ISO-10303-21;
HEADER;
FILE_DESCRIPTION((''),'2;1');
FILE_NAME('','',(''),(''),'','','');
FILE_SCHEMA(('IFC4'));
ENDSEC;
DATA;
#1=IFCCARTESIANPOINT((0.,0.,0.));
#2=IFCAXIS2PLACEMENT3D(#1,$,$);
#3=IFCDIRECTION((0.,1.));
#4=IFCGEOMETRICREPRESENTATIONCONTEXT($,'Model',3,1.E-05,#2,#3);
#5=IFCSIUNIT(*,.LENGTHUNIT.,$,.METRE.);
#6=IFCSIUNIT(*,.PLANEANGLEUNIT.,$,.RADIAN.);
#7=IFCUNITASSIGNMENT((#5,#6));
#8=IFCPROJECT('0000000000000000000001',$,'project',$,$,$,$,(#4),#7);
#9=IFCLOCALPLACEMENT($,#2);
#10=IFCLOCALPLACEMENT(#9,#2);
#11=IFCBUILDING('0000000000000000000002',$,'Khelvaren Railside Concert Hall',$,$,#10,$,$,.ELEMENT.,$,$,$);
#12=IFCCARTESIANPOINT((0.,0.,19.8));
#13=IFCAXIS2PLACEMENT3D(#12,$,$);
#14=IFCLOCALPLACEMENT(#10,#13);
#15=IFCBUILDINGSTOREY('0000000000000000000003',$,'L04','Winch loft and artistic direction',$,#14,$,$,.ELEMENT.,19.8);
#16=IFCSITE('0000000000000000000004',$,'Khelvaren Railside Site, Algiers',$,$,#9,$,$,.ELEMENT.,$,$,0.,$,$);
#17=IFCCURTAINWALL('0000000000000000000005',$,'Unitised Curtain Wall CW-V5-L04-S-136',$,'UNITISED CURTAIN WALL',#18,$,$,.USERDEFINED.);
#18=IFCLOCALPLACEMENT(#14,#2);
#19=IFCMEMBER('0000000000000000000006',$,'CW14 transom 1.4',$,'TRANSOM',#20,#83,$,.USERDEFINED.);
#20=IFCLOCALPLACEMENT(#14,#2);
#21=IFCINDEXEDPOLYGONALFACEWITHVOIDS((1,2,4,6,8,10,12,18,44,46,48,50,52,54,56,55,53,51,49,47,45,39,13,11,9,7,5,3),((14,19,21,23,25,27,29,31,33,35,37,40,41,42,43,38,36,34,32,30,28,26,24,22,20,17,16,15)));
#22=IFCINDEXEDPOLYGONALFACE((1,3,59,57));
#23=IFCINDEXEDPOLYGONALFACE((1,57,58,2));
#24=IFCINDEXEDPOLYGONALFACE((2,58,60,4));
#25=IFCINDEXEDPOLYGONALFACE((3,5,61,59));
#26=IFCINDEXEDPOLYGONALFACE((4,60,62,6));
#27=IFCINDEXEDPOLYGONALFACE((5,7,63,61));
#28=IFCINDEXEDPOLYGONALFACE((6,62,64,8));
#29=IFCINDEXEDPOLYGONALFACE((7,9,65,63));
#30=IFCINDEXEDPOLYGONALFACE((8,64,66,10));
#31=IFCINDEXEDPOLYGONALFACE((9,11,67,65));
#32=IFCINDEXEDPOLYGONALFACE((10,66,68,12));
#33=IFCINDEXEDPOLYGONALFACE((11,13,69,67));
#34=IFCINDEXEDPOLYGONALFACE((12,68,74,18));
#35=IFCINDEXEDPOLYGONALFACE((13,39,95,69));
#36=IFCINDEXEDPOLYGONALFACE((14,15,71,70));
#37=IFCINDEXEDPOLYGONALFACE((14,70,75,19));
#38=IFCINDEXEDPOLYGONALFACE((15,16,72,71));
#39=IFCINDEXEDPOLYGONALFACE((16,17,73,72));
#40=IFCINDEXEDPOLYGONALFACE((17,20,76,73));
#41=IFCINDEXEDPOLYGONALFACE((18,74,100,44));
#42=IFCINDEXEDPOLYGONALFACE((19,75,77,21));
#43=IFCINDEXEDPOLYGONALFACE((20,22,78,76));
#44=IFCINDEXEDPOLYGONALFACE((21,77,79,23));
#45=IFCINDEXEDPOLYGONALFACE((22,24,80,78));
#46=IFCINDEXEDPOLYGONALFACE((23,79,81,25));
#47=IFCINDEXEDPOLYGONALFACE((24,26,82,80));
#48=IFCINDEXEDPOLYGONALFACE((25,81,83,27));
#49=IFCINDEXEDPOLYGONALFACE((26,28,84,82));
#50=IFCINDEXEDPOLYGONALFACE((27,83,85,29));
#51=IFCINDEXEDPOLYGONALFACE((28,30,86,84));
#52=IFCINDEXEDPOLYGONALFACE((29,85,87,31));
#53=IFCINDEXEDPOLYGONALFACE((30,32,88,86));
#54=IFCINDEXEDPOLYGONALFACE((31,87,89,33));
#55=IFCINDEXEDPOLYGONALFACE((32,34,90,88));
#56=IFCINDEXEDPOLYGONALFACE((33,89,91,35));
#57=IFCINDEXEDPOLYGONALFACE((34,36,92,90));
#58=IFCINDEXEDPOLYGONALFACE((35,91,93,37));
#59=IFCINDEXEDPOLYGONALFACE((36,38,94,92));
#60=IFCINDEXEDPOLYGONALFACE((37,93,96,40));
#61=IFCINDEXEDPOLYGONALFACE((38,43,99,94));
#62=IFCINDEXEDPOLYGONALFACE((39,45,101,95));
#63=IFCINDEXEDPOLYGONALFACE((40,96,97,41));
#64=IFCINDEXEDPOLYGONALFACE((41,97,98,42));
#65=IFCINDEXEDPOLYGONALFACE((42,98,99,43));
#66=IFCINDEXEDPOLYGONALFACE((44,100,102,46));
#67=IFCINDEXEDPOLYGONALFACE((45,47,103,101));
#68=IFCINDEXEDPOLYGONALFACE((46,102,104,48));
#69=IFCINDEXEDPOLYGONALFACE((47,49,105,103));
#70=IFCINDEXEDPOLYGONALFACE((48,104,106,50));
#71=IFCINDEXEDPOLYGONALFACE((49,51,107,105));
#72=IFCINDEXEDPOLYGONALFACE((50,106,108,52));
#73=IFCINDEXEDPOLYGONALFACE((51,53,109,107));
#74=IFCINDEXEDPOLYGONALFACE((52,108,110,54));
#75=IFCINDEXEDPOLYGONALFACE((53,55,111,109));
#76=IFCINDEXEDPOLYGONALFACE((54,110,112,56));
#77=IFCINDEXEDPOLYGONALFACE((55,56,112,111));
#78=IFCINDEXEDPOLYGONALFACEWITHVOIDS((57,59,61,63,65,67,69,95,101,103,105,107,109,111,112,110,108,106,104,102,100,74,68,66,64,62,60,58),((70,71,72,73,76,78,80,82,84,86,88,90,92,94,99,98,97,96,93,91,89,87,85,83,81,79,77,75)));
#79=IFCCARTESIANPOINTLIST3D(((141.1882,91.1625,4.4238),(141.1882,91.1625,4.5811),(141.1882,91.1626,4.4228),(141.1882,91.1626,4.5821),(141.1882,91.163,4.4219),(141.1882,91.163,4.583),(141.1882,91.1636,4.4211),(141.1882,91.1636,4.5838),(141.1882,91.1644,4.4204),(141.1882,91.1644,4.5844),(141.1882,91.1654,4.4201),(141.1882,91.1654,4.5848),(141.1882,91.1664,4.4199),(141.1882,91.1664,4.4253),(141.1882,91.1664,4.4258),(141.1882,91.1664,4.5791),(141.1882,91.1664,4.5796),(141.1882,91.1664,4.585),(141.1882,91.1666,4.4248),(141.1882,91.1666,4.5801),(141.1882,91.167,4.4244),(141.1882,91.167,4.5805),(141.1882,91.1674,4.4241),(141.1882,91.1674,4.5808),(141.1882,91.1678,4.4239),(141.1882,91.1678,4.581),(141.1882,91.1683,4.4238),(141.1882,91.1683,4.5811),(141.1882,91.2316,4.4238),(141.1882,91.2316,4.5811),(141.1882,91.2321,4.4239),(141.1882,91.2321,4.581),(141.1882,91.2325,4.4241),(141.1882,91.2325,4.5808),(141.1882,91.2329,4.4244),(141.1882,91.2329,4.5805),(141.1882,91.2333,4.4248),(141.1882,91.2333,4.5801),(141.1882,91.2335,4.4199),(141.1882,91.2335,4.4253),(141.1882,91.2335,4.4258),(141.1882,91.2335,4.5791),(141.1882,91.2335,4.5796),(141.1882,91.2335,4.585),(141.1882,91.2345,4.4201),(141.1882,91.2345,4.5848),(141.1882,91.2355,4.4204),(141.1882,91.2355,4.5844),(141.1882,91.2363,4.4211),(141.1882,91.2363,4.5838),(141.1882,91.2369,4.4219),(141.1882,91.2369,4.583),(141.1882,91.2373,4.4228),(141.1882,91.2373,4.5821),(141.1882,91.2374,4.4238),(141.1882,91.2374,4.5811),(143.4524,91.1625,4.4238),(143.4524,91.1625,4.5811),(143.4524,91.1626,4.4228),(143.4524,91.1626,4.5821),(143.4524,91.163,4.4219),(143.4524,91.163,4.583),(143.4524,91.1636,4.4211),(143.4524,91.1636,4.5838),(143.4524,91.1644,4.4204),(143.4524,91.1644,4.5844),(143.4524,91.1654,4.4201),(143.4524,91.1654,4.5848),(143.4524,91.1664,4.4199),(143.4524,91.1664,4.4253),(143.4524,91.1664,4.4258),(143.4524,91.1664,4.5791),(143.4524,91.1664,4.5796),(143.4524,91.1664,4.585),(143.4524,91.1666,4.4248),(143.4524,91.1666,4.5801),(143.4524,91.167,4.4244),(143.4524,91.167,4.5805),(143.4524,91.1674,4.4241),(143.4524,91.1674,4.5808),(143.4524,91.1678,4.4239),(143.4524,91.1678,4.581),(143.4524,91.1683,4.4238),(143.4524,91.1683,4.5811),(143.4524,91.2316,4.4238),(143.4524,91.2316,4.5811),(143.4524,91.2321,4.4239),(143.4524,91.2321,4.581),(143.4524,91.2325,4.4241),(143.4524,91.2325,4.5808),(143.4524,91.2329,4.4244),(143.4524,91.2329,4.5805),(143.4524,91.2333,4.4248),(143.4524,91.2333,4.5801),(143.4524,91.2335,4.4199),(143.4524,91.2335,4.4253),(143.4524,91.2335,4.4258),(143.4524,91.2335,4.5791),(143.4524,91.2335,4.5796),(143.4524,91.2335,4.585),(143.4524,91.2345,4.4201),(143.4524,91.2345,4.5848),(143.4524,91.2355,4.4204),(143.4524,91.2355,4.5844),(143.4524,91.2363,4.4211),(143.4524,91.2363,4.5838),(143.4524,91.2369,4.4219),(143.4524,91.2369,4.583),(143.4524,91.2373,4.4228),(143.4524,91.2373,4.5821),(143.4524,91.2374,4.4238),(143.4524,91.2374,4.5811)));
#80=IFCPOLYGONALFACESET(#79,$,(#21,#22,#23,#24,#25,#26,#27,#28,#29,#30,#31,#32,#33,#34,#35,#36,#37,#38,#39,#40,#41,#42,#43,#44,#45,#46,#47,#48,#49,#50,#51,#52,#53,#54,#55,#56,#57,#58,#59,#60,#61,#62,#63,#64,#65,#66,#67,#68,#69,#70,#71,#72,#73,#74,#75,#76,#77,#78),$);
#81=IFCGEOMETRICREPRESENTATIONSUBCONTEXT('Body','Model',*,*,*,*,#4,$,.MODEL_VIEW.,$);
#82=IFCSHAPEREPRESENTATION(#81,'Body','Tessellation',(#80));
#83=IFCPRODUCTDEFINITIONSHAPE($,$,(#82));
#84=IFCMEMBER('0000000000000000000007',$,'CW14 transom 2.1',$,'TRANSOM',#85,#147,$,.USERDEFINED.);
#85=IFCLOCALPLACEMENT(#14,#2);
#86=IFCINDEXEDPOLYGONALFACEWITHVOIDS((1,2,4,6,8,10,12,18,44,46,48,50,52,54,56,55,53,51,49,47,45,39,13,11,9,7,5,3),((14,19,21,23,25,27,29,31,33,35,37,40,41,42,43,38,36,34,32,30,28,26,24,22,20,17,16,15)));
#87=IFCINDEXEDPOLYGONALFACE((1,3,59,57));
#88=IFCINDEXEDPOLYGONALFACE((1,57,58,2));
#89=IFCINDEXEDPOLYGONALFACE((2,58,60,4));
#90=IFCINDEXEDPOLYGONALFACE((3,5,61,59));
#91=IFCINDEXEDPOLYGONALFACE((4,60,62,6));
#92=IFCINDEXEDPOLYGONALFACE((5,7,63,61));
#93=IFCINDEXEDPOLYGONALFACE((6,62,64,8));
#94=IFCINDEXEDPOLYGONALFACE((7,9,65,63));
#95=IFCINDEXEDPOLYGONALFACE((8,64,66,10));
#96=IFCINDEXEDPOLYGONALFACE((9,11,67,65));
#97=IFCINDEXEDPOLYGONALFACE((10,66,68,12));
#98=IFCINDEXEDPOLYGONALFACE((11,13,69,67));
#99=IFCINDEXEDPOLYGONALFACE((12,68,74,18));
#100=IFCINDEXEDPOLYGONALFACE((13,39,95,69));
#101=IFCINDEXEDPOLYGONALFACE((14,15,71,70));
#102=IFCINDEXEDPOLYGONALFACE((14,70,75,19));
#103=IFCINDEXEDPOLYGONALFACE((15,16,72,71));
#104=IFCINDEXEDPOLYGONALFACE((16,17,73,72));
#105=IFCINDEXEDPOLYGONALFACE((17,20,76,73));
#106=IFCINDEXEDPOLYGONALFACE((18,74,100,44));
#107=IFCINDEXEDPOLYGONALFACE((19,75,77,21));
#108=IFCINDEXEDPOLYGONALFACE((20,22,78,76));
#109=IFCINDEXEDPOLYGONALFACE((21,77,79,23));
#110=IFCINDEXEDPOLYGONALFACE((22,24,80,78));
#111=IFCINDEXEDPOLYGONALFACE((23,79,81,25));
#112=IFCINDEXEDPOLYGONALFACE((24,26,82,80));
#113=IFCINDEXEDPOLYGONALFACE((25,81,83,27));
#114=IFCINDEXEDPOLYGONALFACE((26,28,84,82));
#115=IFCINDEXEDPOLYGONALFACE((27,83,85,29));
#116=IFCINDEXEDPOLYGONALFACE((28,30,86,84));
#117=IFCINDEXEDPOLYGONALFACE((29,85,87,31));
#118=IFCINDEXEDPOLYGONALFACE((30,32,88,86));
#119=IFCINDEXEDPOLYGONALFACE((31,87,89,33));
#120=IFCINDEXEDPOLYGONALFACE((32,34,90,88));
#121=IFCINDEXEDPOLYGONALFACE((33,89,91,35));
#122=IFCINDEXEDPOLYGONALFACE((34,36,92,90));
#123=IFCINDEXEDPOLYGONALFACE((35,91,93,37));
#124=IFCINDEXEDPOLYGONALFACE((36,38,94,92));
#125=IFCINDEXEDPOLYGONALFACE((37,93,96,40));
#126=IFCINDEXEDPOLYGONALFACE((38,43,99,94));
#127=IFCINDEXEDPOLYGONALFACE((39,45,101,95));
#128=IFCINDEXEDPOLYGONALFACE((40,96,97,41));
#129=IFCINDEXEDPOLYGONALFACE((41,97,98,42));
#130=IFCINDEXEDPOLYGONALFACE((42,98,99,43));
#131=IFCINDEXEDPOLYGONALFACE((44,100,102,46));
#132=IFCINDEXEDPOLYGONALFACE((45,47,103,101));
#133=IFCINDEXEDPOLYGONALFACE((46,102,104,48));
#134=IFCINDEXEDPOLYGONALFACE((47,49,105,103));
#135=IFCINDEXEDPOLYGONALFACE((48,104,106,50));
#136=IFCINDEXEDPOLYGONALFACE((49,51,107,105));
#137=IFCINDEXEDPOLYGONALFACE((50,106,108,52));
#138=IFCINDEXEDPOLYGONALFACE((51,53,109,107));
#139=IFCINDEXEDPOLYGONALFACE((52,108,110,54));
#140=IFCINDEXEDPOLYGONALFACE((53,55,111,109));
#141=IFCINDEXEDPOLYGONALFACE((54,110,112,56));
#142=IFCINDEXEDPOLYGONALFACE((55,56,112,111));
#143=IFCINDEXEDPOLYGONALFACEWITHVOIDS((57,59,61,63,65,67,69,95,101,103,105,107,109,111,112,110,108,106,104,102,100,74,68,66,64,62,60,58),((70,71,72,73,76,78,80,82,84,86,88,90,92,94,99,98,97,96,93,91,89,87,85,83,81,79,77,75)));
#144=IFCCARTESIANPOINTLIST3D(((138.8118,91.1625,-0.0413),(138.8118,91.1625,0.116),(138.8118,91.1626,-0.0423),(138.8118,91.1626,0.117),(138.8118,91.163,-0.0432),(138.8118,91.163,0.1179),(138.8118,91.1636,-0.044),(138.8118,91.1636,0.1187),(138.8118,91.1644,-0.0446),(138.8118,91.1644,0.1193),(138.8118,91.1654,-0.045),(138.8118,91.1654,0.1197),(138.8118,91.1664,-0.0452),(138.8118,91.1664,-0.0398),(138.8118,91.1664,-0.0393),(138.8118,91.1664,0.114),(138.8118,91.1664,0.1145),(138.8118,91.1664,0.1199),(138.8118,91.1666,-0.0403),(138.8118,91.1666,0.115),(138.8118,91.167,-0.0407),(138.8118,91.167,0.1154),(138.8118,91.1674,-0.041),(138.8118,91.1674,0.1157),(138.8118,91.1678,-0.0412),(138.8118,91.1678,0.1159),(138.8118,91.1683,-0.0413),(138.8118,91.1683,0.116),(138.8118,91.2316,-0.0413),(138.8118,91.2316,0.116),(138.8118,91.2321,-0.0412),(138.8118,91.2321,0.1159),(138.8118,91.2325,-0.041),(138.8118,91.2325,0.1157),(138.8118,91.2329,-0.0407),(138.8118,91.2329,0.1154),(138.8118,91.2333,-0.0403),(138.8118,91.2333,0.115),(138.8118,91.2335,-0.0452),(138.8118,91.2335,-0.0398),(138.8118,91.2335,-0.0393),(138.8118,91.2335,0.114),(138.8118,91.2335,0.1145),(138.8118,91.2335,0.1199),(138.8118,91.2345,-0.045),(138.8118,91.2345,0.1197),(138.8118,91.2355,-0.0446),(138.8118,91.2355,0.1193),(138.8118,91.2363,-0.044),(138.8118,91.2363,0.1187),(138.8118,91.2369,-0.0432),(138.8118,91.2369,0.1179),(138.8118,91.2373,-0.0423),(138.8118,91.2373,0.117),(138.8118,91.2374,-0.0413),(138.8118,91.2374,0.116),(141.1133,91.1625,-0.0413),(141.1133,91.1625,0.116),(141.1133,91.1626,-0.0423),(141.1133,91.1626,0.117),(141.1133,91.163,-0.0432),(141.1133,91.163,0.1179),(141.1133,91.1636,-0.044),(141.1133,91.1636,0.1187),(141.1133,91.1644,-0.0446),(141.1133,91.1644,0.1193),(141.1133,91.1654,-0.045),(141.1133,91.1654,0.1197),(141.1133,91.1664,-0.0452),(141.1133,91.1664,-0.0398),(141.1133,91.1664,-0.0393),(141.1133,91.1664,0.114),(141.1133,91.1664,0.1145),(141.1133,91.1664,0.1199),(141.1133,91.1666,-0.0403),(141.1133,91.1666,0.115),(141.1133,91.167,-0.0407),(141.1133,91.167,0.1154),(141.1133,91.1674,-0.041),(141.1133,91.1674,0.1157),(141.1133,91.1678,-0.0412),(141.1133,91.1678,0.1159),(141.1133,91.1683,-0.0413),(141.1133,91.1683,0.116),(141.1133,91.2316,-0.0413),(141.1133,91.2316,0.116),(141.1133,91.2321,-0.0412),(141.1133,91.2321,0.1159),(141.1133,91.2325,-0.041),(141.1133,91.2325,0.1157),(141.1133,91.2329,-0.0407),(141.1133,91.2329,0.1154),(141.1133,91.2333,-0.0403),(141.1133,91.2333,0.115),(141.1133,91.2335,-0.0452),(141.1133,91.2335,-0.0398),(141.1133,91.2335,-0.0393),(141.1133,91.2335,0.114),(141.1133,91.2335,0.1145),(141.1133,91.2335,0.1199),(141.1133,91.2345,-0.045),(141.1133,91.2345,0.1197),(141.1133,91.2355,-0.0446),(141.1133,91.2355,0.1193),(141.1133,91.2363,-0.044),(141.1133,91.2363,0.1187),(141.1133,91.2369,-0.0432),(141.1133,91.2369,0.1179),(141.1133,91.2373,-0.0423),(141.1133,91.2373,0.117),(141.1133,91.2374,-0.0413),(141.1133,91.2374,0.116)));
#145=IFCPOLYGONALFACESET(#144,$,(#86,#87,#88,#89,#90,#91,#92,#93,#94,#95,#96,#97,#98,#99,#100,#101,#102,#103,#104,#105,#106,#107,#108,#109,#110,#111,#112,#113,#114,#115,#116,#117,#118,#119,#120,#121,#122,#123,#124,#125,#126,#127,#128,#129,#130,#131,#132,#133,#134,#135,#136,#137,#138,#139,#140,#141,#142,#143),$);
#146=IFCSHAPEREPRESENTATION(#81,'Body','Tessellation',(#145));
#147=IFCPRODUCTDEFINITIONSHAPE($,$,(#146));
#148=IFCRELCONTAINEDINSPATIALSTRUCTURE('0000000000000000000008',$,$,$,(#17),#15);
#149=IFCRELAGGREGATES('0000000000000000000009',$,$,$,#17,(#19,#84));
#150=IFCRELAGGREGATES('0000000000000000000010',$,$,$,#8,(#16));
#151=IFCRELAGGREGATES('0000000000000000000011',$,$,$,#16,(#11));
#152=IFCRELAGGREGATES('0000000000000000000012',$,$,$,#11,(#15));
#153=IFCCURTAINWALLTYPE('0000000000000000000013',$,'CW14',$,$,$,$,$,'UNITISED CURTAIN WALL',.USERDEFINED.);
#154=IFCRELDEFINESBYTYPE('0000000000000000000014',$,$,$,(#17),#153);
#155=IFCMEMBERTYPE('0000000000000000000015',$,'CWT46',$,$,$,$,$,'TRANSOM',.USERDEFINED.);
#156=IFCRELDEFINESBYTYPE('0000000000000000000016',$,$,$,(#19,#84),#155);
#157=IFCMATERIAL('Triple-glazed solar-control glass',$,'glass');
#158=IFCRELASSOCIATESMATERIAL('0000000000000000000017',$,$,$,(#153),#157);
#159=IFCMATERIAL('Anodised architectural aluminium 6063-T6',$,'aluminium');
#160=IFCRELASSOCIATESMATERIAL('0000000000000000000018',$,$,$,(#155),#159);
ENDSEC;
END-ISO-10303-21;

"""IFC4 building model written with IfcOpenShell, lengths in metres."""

from ifc_helpers import new_model, si_unit, direction, frame, origin, origin_2d, place, context, subcontext, project, spatial, hollow_rectangle, extrude, material, material_profile, profile_set, type_object, element, aggregate, save


model = new_model("IFC4")

# Units and contexts
model_context = context("Model", 3, precision=1e-05, world=origin(), true_north=direction((0.0, 1.0)))
body_context = subcontext(model_context, "Body", "Model", "MODEL_VIEW")
ifc_project = project(units=[si_unit("LENGTHUNIT", "METRE"), si_unit("PLANEANGLEUNIT", "RADIAN")], contexts=[model_context])

# Site, building, storey
site_placement = place(None, origin())
site = spatial("IfcSite", under=ifc_project, at=site_placement, Name="Khelvaren Railside Site, Algiers", CompositionType="ELEMENT", RefElevation=0.0)
building_placement = place(site_placement, origin())
building = spatial("IfcBuilding", under=site, at=building_placement, Name="Khelvaren Railside Concert Hall", CompositionType="ELEMENT")
storey_placement = place(building_placement, frame((0.0, 0.0, 19.8)))
storey = spatial("IfcBuildingStorey", under=building, at=storey_placement, Name="L04", Description="Winch loft and artistic direction", CompositionType="ELEMENT", Elevation=19.8)

# Curtain wall
ifc_material_1 = material(Name="Triple-glazed solar-control glass", Category="glass")
curtain_wall_type_1 = type_object("IfcCurtainWallType", Name="CW14", ElementType="UNITISED CURTAIN WALL", PredefinedType="USERDEFINED", material=ifc_material_1)
curtain_wall_1_placement = place(storey_placement, origin())
curtain_wall_1 = element("IfcCurtainWall", 1, at=curtain_wall_1_placement, inside=storey, type_object=curtain_wall_type_1, Name="Unitised Curtain Wall CW-V5-L04-S-136", ObjectType="UNITISED CURTAIN WALL", PredefinedType="USERDEFINED")
ifc_material_2 = material(Name="Anodised architectural aluminium 6063-T6", Category="aluminium")

# Members
ifc_material_profile_1 = material_profile(ifc_material_2, hollow_rectangle(XDim=0.075, YDim=0.165, WallThickness=0.0039, InnerFilletRadius=0.002, OuterFilletRadius=0.0039, at=origin_2d()), Name="CWT 75x165x4")
ifc_profile_set_1 = profile_set([ifc_material_profile_1], Name="Anodised architectural aluminium 6063-T6")
member_type_1 = type_object("IfcMemberType", Name="CWT46", ElementType="TRANSOM", PredefinedType="USERDEFINED", material=ifc_profile_set_1)
member_1_placement = place(storey_placement, frame((143.4524, 91.2, 4.5024), z_axis=(-1.0, 0.0, 0.0), x_axis=(0.0, -1.0, 0.0)))
member_1 = element("IfcMember", 2, at=member_1_placement, type_object=member_type_1, Name="CW14 transom 1.4", ObjectType="TRANSOM", PredefinedType="USERDEFINED", context=body_context, shape_type="SweptSolid", body=[
    extrude(hollow_rectangle(XDim=0.075, YDim=0.165, WallThickness=0.0039, InnerFilletRadius=0.002, OuterFilletRadius=0.0039, at=origin_2d()), origin(), (0.0, 0.0, 1.0), 2.2642),
])
member_2_placement = place(storey_placement, frame((141.1133, 91.2, 0.0374), z_axis=(-1.0, 0.0, 0.0), x_axis=(0.0, -1.0, 0.0)))
member_2 = element("IfcMember", 3, at=member_2_placement, type_object=member_type_1, Name="CW14 transom 2.1", ObjectType="TRANSOM", PredefinedType="USERDEFINED", context=body_context, shape_type="SweptSolid", body=[
    extrude(hollow_rectangle(XDim=0.075, YDim=0.165, WallThickness=0.0039, InnerFilletRadius=0.002, OuterFilletRadius=0.0039, at=origin_2d()), origin(), (0.0, 0.0, 1.0), 2.3015),
])

aggregate(curtain_wall_1, [member_1, member_2])

save(model, "model.ifc")
